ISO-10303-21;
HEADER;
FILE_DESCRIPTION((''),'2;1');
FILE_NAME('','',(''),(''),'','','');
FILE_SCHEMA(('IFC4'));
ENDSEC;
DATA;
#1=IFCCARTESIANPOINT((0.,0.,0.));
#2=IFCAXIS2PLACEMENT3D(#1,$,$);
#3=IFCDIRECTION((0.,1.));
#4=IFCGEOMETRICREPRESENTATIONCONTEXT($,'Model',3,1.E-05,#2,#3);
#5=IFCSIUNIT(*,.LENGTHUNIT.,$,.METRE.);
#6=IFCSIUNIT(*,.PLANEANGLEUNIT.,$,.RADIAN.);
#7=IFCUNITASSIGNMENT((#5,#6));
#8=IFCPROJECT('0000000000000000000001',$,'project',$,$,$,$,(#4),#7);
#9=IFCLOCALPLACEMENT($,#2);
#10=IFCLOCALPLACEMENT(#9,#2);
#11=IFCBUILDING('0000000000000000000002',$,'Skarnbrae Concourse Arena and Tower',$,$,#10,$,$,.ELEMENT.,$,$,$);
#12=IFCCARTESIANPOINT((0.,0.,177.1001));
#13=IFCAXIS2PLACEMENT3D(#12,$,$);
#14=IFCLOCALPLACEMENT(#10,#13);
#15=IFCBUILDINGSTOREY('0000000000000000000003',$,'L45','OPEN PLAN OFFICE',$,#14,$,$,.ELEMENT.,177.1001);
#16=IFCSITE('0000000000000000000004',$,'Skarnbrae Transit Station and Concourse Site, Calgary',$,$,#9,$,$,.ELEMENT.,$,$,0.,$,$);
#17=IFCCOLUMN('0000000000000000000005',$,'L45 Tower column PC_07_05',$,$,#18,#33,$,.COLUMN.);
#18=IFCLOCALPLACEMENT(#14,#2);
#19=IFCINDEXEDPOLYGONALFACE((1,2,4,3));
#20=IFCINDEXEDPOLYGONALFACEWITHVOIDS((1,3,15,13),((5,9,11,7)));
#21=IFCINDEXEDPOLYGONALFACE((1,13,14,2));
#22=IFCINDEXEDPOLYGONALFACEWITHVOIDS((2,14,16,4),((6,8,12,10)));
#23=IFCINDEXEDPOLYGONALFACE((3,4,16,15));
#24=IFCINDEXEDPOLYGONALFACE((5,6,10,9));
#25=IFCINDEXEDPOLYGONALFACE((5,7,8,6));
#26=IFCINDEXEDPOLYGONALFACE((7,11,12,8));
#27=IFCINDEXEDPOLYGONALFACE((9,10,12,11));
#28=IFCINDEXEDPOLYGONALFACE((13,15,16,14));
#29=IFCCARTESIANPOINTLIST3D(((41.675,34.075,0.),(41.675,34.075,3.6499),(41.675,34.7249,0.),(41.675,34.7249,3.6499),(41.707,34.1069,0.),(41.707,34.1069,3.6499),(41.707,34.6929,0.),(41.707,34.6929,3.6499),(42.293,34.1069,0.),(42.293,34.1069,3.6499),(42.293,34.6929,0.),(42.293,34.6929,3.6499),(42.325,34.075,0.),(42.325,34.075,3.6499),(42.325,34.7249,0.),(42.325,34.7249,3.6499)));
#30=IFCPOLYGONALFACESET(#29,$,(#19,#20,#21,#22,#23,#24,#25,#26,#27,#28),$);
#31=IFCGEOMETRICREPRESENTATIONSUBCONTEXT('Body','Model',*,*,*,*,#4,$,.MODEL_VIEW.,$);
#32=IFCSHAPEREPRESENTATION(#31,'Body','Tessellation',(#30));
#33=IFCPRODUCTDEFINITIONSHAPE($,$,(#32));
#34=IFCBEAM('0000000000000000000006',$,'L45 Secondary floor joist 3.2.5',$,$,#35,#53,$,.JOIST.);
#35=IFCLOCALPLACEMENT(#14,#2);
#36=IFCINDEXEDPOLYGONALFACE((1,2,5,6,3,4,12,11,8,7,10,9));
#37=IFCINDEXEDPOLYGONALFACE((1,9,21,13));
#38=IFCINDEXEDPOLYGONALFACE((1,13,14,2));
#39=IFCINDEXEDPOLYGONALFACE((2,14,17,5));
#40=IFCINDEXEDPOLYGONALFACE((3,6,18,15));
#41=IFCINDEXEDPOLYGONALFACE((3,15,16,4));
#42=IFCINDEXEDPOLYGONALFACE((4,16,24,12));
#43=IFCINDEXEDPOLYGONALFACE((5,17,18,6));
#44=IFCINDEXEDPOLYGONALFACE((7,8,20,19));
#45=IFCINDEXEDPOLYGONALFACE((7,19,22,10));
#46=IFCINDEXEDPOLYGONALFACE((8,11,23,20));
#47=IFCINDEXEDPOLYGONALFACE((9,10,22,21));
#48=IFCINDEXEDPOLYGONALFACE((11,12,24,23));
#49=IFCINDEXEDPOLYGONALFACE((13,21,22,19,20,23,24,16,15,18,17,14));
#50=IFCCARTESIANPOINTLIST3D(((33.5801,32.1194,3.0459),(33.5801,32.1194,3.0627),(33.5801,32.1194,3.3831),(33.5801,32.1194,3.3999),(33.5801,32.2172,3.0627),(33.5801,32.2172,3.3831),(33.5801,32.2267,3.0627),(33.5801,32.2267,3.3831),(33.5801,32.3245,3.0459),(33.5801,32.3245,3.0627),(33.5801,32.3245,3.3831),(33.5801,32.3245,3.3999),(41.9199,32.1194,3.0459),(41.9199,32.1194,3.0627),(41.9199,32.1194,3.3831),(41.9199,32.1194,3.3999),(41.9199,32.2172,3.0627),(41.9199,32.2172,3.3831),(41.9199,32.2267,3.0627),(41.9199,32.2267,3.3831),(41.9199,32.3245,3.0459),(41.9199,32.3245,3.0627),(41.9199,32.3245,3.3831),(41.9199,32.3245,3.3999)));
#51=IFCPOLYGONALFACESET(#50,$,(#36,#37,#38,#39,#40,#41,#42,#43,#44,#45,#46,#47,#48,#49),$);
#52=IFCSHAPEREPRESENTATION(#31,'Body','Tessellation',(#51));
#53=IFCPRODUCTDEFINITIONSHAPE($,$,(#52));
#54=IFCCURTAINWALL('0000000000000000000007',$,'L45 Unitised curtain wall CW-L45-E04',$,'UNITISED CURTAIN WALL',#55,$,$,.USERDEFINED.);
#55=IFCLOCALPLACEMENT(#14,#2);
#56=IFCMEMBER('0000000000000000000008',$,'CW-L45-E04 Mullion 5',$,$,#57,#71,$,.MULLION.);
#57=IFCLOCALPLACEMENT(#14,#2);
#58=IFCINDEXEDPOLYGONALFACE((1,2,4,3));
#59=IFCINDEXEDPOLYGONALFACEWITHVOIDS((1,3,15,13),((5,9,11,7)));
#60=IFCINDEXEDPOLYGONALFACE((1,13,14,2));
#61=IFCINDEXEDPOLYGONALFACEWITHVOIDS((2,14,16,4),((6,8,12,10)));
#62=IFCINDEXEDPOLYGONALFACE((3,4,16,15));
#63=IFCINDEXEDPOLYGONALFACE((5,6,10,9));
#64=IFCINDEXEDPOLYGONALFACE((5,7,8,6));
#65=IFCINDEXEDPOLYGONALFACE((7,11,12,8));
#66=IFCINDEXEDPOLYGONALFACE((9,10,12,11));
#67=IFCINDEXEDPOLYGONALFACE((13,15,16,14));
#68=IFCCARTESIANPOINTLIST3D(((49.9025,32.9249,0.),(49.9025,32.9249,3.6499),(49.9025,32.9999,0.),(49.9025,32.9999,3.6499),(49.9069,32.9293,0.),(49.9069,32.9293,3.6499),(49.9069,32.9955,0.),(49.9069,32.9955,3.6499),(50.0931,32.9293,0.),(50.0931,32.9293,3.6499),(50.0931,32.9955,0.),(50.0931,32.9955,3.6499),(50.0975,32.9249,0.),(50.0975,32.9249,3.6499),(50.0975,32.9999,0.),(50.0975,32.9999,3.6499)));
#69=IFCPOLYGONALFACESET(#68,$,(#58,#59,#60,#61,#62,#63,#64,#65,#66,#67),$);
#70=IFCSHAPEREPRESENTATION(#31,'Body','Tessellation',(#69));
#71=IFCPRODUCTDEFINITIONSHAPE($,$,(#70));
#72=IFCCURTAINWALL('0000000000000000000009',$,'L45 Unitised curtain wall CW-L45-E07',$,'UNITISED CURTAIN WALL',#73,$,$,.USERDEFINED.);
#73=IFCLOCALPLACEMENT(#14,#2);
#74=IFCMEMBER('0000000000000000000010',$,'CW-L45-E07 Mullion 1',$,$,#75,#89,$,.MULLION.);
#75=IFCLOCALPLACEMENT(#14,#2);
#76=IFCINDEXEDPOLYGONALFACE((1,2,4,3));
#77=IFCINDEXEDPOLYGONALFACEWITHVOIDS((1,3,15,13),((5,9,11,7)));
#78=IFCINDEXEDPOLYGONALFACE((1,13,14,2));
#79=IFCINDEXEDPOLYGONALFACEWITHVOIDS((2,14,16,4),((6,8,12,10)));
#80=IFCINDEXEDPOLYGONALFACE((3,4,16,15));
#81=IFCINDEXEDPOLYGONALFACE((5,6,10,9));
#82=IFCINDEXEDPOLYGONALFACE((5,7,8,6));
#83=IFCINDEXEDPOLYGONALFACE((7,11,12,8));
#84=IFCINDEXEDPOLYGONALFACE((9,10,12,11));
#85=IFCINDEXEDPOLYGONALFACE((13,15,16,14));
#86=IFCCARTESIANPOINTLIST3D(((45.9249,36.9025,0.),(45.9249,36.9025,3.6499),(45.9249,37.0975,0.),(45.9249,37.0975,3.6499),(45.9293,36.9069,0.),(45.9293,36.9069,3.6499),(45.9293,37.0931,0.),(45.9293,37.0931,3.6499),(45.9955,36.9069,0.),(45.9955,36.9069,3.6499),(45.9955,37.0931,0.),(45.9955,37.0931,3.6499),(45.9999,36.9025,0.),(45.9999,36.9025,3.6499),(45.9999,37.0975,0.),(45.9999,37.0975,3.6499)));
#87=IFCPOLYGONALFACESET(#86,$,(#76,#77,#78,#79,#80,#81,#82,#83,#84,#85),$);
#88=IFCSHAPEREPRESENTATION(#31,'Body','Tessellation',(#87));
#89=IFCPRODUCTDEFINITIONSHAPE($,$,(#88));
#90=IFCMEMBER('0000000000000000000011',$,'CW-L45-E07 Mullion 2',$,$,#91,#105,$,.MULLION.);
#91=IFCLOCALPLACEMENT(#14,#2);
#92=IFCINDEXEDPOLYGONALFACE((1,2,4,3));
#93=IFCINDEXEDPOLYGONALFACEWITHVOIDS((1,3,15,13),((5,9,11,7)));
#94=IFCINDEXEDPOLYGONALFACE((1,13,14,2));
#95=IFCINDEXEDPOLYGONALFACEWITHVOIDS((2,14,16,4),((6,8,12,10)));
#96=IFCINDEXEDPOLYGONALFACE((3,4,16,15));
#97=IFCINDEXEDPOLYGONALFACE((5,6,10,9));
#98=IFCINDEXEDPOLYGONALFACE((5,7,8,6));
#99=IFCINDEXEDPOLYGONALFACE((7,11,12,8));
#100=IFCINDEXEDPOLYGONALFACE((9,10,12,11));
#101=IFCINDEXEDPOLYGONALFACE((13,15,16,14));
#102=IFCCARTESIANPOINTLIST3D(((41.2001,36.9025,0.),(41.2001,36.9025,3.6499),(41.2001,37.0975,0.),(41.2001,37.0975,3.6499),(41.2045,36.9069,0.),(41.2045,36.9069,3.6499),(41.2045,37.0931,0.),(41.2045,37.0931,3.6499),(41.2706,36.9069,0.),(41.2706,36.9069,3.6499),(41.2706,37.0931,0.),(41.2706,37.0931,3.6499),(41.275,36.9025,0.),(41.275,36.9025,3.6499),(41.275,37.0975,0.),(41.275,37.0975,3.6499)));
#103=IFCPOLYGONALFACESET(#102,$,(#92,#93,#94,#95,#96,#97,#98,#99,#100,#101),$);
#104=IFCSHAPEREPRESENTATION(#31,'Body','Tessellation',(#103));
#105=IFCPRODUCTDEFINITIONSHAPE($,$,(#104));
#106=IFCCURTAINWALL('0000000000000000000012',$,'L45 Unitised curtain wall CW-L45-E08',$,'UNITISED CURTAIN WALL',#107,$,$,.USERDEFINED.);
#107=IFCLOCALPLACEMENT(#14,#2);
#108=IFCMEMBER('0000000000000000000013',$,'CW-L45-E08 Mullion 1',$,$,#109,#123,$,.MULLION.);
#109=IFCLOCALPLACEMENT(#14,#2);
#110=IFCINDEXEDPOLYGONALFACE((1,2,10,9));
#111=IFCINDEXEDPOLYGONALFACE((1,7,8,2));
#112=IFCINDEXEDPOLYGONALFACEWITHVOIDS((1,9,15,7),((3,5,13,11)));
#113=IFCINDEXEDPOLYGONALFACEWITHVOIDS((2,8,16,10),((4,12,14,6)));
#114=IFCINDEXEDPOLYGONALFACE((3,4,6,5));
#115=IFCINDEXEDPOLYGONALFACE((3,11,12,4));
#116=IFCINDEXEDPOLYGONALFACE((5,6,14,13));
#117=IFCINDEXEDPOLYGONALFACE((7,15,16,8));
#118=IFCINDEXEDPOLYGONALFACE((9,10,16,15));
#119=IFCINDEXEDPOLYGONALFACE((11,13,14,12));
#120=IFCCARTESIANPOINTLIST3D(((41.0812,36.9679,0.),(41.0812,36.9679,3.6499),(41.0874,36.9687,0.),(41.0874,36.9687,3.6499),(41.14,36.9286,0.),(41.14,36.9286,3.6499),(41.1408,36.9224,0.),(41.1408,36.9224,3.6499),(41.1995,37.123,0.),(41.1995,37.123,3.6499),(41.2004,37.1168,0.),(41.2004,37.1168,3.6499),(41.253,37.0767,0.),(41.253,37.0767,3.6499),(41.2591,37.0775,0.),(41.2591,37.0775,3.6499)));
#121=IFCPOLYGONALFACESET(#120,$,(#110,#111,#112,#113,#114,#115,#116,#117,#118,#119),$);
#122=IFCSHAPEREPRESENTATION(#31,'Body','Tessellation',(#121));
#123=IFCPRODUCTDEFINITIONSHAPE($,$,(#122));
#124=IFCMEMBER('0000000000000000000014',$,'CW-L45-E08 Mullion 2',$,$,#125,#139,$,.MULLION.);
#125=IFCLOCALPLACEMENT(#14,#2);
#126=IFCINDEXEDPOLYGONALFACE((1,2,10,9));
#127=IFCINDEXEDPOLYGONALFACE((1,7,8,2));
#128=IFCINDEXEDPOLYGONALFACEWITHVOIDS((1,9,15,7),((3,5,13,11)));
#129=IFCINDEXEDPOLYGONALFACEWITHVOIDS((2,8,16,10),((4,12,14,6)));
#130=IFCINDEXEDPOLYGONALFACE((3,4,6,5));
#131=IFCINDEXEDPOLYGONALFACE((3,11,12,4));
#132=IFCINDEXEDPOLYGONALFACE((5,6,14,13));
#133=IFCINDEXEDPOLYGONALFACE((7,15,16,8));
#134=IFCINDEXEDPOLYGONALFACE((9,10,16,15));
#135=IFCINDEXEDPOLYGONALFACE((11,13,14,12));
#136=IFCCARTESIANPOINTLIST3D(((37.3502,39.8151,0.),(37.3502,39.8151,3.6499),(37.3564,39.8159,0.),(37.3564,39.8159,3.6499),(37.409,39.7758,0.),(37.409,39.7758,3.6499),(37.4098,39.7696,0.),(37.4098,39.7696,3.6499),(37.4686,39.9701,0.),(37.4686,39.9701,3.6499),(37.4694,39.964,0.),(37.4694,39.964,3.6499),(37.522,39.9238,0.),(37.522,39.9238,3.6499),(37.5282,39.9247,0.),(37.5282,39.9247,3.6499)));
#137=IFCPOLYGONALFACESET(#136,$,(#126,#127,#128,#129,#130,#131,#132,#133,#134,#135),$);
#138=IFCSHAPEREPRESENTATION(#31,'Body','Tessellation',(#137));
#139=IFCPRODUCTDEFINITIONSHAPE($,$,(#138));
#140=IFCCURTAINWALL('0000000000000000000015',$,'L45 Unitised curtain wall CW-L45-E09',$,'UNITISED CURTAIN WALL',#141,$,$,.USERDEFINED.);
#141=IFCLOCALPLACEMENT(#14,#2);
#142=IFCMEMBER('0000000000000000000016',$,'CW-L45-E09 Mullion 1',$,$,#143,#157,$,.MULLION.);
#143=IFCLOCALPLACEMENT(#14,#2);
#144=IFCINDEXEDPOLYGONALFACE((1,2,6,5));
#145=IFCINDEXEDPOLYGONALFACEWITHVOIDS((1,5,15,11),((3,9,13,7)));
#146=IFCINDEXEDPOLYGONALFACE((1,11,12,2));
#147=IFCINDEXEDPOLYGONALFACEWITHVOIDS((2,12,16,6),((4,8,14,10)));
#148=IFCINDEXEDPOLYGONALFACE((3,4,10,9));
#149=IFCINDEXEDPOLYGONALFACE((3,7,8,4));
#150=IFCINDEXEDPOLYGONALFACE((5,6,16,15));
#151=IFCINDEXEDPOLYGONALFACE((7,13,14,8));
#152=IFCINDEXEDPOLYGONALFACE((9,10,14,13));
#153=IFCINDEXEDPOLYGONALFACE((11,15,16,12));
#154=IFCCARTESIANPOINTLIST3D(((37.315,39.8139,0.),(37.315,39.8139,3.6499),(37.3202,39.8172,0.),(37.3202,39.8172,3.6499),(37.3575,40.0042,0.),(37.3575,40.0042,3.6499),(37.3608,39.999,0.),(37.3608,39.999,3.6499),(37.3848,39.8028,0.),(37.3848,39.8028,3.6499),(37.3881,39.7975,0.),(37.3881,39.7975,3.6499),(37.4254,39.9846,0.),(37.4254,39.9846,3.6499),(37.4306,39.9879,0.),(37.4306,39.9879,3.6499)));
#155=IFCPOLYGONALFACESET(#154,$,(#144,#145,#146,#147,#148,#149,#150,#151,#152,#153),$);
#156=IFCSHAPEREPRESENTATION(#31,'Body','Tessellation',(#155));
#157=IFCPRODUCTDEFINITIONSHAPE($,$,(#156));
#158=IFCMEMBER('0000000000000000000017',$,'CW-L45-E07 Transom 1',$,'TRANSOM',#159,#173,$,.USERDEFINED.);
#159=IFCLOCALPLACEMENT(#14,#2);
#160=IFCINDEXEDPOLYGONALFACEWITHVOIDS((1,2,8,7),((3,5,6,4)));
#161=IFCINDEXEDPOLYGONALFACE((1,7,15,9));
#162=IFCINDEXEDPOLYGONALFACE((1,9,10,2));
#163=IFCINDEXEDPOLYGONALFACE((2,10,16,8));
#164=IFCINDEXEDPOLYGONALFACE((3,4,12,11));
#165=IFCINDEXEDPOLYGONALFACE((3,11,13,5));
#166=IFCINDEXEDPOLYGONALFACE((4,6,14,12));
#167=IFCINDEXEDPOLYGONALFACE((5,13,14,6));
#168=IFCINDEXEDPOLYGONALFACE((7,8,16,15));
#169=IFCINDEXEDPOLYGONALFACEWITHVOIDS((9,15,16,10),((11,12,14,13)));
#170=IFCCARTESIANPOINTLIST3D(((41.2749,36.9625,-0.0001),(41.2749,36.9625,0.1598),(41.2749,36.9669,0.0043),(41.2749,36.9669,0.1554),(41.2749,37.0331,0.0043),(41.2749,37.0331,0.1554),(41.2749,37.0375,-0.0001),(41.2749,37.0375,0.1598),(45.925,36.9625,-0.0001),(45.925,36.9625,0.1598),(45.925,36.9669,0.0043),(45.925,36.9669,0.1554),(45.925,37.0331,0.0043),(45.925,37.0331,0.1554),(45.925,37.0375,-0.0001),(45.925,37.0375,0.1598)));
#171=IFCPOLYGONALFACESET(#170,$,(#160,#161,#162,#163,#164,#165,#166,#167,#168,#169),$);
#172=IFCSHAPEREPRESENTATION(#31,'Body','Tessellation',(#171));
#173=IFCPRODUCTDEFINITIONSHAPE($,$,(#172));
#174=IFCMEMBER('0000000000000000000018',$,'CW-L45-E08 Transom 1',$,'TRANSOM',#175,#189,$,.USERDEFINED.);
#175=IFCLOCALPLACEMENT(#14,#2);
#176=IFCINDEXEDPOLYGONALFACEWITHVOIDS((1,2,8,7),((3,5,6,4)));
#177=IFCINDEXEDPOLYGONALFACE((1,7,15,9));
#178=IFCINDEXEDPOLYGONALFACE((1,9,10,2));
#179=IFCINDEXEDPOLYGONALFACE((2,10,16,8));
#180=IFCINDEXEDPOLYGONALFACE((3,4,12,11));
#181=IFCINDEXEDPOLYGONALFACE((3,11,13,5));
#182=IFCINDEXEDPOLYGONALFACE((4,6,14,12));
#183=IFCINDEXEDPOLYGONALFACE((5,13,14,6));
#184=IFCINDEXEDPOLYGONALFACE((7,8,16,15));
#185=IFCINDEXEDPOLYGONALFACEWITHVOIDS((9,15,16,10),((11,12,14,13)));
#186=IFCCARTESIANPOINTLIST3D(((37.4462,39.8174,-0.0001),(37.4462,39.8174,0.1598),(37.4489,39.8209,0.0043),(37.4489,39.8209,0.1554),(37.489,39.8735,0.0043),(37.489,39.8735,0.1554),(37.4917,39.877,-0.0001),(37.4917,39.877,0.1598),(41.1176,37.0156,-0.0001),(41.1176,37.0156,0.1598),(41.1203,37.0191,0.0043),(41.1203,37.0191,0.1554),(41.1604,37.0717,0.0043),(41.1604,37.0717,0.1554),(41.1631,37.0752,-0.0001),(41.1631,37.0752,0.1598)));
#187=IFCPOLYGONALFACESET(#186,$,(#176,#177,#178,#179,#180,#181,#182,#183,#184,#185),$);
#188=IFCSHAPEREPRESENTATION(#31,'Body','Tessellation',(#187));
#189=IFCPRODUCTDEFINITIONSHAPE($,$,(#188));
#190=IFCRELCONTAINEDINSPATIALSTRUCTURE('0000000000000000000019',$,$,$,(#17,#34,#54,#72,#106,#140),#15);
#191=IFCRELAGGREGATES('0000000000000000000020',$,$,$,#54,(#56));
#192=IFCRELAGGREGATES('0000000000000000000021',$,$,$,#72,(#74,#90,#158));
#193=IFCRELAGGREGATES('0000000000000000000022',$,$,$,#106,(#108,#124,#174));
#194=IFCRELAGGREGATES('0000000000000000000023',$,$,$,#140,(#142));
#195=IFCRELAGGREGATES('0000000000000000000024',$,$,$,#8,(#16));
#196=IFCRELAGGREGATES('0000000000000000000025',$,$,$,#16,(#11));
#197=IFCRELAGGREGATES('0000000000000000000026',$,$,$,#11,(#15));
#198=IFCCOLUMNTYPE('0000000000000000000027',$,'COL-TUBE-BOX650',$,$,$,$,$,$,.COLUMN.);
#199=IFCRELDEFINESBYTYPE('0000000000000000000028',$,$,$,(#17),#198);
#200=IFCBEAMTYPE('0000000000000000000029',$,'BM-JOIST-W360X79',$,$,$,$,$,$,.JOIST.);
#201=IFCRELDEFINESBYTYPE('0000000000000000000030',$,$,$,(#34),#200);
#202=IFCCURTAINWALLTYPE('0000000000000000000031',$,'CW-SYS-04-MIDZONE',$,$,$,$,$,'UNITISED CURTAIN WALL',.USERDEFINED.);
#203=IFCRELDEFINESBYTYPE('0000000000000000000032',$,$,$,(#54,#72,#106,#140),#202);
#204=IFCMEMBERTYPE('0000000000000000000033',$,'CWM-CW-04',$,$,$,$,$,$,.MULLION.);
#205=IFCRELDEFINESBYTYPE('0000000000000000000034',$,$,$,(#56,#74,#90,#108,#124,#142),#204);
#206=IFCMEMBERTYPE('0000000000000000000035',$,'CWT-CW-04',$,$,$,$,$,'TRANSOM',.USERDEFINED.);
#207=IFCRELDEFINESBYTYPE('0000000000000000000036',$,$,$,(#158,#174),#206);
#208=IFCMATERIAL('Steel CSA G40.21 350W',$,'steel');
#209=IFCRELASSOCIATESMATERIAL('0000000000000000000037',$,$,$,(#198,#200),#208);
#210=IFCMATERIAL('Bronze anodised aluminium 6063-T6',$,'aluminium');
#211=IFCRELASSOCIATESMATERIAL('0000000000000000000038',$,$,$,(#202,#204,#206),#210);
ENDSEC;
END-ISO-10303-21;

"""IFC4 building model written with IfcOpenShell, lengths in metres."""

from ifc_helpers import new_model, si_unit, direction, frame, origin, origin_2d, place, context, subcontext, project, spatial, hollow_rectangle, i_section, extrude, source, transform, mapped, material, material_profile, profile_set, type_object, element, aggregate, save


model = new_model("IFC4")

# Units and contexts
model_context = context("Model", 3, precision=1e-05, world=origin(), true_north=direction((0.0, 1.0)))
body_context = subcontext(model_context, "Body", "Model", "MODEL_VIEW")
ifc_project = project(units=[si_unit("LENGTHUNIT", "METRE"), si_unit("PLANEANGLEUNIT", "RADIAN")], contexts=[model_context])

# Site, building, storey
site_placement = place(None, origin())
site = spatial("IfcSite", under=ifc_project, at=site_placement, Name="Skarnbrae Transit Station and Concourse Site, Calgary", CompositionType="ELEMENT", RefElevation=0.0)
building_placement = place(site_placement, origin())
building = spatial("IfcBuilding", under=site, at=building_placement, Name="Skarnbrae Concourse Arena and Tower", CompositionType="ELEMENT")
storey_placement = place(building_placement, frame((0.0, 0.0, 177.1001)))
storey = spatial("IfcBuildingStorey", under=building, at=storey_placement, Name="L45", Description="OPEN PLAN OFFICE", CompositionType="ELEMENT", Elevation=177.1001)

# Column
ifc_material_1 = material(Name="Steel CSA G40.21 350W", Category="steel")
ifc_material_profile_1 = material_profile(ifc_material_1, hollow_rectangle(XDim=0.6499, YDim=0.6499, WallThickness=0.032, at=origin_2d()), Name="BOX650X650X32")
ifc_profile_set_1 = profile_set([ifc_material_profile_1], Name="Steel CSA G40.21 350W")
column_type = type_object("IfcColumnType", Name="COL-TUBE-BOX650", PredefinedType="COLUMN", material=ifc_profile_set_1)
shared_shape_1 = source(origin(), body_context, "Body", "SweptSolid", [
    extrude(hollow_rectangle(XDim=0.6499, YDim=0.6499, WallThickness=0.032, at=origin_2d()), origin(), (0.0, 0.0, 1.0), 3.6499),
])
column_placement = place(storey_placement, frame((42.0, 34.3999, 0.0), z_axis=(0.0, 0.0, 1.0), x_axis=(1.0, 0.0, 0.0)))
element("IfcColumn", 1, at=column_placement, inside=storey, type_object=column_type, Name="L45 Tower column PC_07_05", PredefinedType="COLUMN", context=body_context, shape_type="MappedRepresentation", body=[
    mapped(shared_shape_1, transform((0.0, 0.0, 0.0))),
])

# Beam
ifc_material_profile_2 = material_profile(ifc_material_1, i_section(OverallWidth=0.2051, OverallDepth=0.354, WebThickness=0.0095, FlangeThickness=0.0168, at=origin_2d()), Name="W360X79")
ifc_profile_set_2 = profile_set([ifc_material_profile_2], Name="Steel CSA G40.21 350W")
beam_type = type_object("IfcBeamType", Name="BM-JOIST-W360X79", PredefinedType="JOIST", material=ifc_profile_set_2)
shared_shape_2 = source(origin(), body_context, "Body", "SweptSolid", [
    extrude(i_section(OverallWidth=0.2051, OverallDepth=0.354, WebThickness=0.0095, FlangeThickness=0.0168, at=origin_2d()), origin(), (0.0, 0.0, 1.0), 8.3398),
])
beam_placement = place(storey_placement, frame((33.5801, 32.2219, 3.2229), z_axis=(1.0, 0.0, 0.0), x_axis=(0.0, 1.0, 0.0)))
element("IfcBeam", 2, at=beam_placement, inside=storey, type_object=beam_type, Name="L45 Secondary floor joist 3.2.5", PredefinedType="JOIST", context=body_context, shape_type="MappedRepresentation", body=[
    mapped(shared_shape_2, transform((0.0, 0.0, 0.0))),
])

# Curtain wall, member
ifc_material_2 = material(Name="Bronze anodised aluminium 6063-T6", Category="aluminium")
curtain_wall_type = type_object("IfcCurtainWallType", Name="CW-SYS-04-MIDZONE", ElementType="UNITISED CURTAIN WALL", PredefinedType="USERDEFINED", material=ifc_material_2)
curtain_wall_1_placement = place(storey_placement, origin())
curtain_wall_1 = element("IfcCurtainWall", 3, at=curtain_wall_1_placement, inside=storey, type_object=curtain_wall_type, Name="L45 Unitised curtain wall CW-L45-E04", ObjectType="UNITISED CURTAIN WALL", PredefinedType="USERDEFINED")
ifc_material_profile_3 = material_profile(ifc_material_2, hollow_rectangle(XDim=0.075, YDim=0.1951, WallThickness=0.0044, at=origin_2d()), Name="ALU-MULL-75X195")
ifc_profile_set_3 = profile_set([ifc_material_profile_3], Name="Bronze anodised aluminium 6063-T6")
member_type_1 = type_object("IfcMemberType", Name="CWM-CW-04", PredefinedType="MULLION", material=ifc_profile_set_3)
shared_shape_3 = source(origin(), body_context, "Body", "SweptSolid", [
    extrude(hollow_rectangle(XDim=0.075, YDim=0.1951, WallThickness=0.0044, at=origin_2d()), origin(), (0.0, 0.0, 1.0), 3.6499),
])
member_1_placement = place(storey_placement, frame((50.0, 32.9624, 0.0), z_axis=(0.0, 0.0, 1.0), x_axis=(0.0, 1.0, 0.0)))
member_1 = element("IfcMember", 4, at=member_1_placement, type_object=member_type_1, Name="CW-L45-E04 Mullion 5", PredefinedType="MULLION", context=body_context, shape_type="MappedRepresentation", body=[
    mapped(shared_shape_3, transform((0.0, 0.0, 0.0))),
])
aggregate(curtain_wall_1, [member_1])

# Curtain walls, members
curtain_wall_2_placement = place(storey_placement, origin())
curtain_wall_2 = element("IfcCurtainWall", 5, at=curtain_wall_2_placement, inside=storey, type_object=curtain_wall_type, Name="L45 Unitised curtain wall CW-L45-E07", ObjectType="UNITISED CURTAIN WALL", PredefinedType="USERDEFINED")
member_2_placement = place(storey_placement, frame((45.9624, 37.0, 0.0), z_axis=(0.0, 0.0, 1.0), x_axis=(-1.0, 0.0, 0.0)))
member_2 = element("IfcMember", 6, at=member_2_placement, type_object=member_type_1, Name="CW-L45-E07 Mullion 1", PredefinedType="MULLION", context=body_context, shape_type="MappedRepresentation", body=[
    mapped(shared_shape_3, transform((0.0, 0.0, 0.0))),
])
member_3_placement = place(storey_placement, frame((41.2375, 37.0, 0.0), z_axis=(0.0, 0.0, 1.0), x_axis=(-1.0, 0.0, 0.0)))
member_3 = element("IfcMember", 7, at=member_3_placement, type_object=member_type_1, Name="CW-L45-E07 Mullion 2", PredefinedType="MULLION", context=body_context, shape_type="MappedRepresentation", body=[
    mapped(shared_shape_3, transform((0.0, 0.0, 0.0))),
])
curtain_wall_3_placement = place(storey_placement, origin())
curtain_wall_3 = element("IfcCurtainWall", 8, at=curtain_wall_3_placement, inside=storey, type_object=curtain_wall_type, Name="L45 Unitised curtain wall CW-L45-E08", ObjectType="UNITISED CURTAIN WALL", PredefinedType="USERDEFINED")
member_4_placement = place(storey_placement, frame((41.1702, 37.0227, 0.0), z_axis=(0.0, 0.0, 1.0), x_axis=(-0.794956, 0.606667, 0.0)))
member_4 = element("IfcMember", 9, at=member_4_placement, type_object=member_type_1, Name="CW-L45-E08 Mullion 1", PredefinedType="MULLION", context=body_context, shape_type="MappedRepresentation", body=[
    mapped(shared_shape_3, transform((0.0, 0.0, 0.0))),
])
member_5_placement = place(storey_placement, frame((37.4392, 39.8699, 0.0), z_axis=(0.0, 0.0, 1.0), x_axis=(-0.794956, 0.606667, 0.0)))
member_5 = element("IfcMember", 10, at=member_5_placement, type_object=member_type_1, Name="CW-L45-E08 Mullion 2", PredefinedType="MULLION", context=body_context, shape_type="MappedRepresentation", body=[
    mapped(shared_shape_3, transform((0.0, 0.0, 0.0))),
])

# Curtain wall, member
curtain_wall_4_placement = place(storey_placement, origin())
curtain_wall_4 = element("IfcCurtainWall", 11, at=curtain_wall_4_placement, inside=storey, type_object=curtain_wall_type, Name="L45 Unitised curtain wall CW-L45-E09", ObjectType="UNITISED CURTAIN WALL", PredefinedType="USERDEFINED")
member_6_placement = place(storey_placement, frame((37.3728, 39.9009, 0.0), z_axis=(0.0, 0.0, 1.0), x_axis=(-0.975936, 0.218056, 0.0)))
member_6 = element("IfcMember", 12, at=member_6_placement, type_object=member_type_1, Name="CW-L45-E09 Mullion 1", PredefinedType="MULLION", context=body_context, shape_type="MappedRepresentation", body=[
    mapped(shared_shape_3, transform((0.0, 0.0, 0.0))),
])

# Members
ifc_material_profile_4 = material_profile(ifc_material_2, hollow_rectangle(XDim=0.075, YDim=0.1599, WallThickness=0.0044, at=origin_2d()), Name="ALU-TRAN-75X160")
ifc_profile_set_4 = profile_set([ifc_material_profile_4], Name="Bronze anodised aluminium 6063-T6")
member_type_2 = type_object("IfcMemberType", Name="CWT-CW-04", ElementType="TRANSOM", PredefinedType="USERDEFINED", material=ifc_profile_set_4)
shared_shape_4 = source(origin(), body_context, "Body", "SweptSolid", [
    extrude(hollow_rectangle(XDim=0.075, YDim=0.1599, WallThickness=0.0044, at=origin_2d()), origin(), (0.0, 0.0, 1.0), 4.6501),
])
member_7_placement = place(storey_placement, frame((45.925, 37.0, 0.0798), z_axis=(-1.0, 0.0, 0.0), x_axis=(0.0, -1.0, 0.0)))
member_7 = element("IfcMember", 13, at=member_7_placement, type_object=member_type_2, Name="CW-L45-E07 Transom 1", ObjectType="TRANSOM", PredefinedType="USERDEFINED", context=body_context, shape_type="MappedRepresentation", body=[
    mapped(shared_shape_4, transform((0.0, 0.0, 0.0))),
])
shared_shape_5 = source(origin(), body_context, "Body", "SweptSolid", [
    extrude(hollow_rectangle(XDim=0.075, YDim=0.1599, WallThickness=0.0044, at=origin_2d()), origin(), (0.0, 0.0, 1.0), 4.6184),
])
member_8_placement = place(storey_placement, frame((41.1404, 37.0454, 0.0798), z_axis=(-0.794961, 0.606661, 0.0), x_axis=(-0.606661, -0.794961, 0.0)))
member_8 = element("IfcMember", 14, at=member_8_placement, type_object=member_type_2, Name="CW-L45-E08 Transom 1", ObjectType="TRANSOM", PredefinedType="USERDEFINED", context=body_context, shape_type="MappedRepresentation", body=[
    mapped(shared_shape_5, transform((0.0, 0.0, 0.0))),
])

aggregate(curtain_wall_2, [member_2, member_3, member_7])
aggregate(curtain_wall_3, [member_4, member_5, member_8])
aggregate(curtain_wall_4, [member_6])

save(model, "model.ifc")
